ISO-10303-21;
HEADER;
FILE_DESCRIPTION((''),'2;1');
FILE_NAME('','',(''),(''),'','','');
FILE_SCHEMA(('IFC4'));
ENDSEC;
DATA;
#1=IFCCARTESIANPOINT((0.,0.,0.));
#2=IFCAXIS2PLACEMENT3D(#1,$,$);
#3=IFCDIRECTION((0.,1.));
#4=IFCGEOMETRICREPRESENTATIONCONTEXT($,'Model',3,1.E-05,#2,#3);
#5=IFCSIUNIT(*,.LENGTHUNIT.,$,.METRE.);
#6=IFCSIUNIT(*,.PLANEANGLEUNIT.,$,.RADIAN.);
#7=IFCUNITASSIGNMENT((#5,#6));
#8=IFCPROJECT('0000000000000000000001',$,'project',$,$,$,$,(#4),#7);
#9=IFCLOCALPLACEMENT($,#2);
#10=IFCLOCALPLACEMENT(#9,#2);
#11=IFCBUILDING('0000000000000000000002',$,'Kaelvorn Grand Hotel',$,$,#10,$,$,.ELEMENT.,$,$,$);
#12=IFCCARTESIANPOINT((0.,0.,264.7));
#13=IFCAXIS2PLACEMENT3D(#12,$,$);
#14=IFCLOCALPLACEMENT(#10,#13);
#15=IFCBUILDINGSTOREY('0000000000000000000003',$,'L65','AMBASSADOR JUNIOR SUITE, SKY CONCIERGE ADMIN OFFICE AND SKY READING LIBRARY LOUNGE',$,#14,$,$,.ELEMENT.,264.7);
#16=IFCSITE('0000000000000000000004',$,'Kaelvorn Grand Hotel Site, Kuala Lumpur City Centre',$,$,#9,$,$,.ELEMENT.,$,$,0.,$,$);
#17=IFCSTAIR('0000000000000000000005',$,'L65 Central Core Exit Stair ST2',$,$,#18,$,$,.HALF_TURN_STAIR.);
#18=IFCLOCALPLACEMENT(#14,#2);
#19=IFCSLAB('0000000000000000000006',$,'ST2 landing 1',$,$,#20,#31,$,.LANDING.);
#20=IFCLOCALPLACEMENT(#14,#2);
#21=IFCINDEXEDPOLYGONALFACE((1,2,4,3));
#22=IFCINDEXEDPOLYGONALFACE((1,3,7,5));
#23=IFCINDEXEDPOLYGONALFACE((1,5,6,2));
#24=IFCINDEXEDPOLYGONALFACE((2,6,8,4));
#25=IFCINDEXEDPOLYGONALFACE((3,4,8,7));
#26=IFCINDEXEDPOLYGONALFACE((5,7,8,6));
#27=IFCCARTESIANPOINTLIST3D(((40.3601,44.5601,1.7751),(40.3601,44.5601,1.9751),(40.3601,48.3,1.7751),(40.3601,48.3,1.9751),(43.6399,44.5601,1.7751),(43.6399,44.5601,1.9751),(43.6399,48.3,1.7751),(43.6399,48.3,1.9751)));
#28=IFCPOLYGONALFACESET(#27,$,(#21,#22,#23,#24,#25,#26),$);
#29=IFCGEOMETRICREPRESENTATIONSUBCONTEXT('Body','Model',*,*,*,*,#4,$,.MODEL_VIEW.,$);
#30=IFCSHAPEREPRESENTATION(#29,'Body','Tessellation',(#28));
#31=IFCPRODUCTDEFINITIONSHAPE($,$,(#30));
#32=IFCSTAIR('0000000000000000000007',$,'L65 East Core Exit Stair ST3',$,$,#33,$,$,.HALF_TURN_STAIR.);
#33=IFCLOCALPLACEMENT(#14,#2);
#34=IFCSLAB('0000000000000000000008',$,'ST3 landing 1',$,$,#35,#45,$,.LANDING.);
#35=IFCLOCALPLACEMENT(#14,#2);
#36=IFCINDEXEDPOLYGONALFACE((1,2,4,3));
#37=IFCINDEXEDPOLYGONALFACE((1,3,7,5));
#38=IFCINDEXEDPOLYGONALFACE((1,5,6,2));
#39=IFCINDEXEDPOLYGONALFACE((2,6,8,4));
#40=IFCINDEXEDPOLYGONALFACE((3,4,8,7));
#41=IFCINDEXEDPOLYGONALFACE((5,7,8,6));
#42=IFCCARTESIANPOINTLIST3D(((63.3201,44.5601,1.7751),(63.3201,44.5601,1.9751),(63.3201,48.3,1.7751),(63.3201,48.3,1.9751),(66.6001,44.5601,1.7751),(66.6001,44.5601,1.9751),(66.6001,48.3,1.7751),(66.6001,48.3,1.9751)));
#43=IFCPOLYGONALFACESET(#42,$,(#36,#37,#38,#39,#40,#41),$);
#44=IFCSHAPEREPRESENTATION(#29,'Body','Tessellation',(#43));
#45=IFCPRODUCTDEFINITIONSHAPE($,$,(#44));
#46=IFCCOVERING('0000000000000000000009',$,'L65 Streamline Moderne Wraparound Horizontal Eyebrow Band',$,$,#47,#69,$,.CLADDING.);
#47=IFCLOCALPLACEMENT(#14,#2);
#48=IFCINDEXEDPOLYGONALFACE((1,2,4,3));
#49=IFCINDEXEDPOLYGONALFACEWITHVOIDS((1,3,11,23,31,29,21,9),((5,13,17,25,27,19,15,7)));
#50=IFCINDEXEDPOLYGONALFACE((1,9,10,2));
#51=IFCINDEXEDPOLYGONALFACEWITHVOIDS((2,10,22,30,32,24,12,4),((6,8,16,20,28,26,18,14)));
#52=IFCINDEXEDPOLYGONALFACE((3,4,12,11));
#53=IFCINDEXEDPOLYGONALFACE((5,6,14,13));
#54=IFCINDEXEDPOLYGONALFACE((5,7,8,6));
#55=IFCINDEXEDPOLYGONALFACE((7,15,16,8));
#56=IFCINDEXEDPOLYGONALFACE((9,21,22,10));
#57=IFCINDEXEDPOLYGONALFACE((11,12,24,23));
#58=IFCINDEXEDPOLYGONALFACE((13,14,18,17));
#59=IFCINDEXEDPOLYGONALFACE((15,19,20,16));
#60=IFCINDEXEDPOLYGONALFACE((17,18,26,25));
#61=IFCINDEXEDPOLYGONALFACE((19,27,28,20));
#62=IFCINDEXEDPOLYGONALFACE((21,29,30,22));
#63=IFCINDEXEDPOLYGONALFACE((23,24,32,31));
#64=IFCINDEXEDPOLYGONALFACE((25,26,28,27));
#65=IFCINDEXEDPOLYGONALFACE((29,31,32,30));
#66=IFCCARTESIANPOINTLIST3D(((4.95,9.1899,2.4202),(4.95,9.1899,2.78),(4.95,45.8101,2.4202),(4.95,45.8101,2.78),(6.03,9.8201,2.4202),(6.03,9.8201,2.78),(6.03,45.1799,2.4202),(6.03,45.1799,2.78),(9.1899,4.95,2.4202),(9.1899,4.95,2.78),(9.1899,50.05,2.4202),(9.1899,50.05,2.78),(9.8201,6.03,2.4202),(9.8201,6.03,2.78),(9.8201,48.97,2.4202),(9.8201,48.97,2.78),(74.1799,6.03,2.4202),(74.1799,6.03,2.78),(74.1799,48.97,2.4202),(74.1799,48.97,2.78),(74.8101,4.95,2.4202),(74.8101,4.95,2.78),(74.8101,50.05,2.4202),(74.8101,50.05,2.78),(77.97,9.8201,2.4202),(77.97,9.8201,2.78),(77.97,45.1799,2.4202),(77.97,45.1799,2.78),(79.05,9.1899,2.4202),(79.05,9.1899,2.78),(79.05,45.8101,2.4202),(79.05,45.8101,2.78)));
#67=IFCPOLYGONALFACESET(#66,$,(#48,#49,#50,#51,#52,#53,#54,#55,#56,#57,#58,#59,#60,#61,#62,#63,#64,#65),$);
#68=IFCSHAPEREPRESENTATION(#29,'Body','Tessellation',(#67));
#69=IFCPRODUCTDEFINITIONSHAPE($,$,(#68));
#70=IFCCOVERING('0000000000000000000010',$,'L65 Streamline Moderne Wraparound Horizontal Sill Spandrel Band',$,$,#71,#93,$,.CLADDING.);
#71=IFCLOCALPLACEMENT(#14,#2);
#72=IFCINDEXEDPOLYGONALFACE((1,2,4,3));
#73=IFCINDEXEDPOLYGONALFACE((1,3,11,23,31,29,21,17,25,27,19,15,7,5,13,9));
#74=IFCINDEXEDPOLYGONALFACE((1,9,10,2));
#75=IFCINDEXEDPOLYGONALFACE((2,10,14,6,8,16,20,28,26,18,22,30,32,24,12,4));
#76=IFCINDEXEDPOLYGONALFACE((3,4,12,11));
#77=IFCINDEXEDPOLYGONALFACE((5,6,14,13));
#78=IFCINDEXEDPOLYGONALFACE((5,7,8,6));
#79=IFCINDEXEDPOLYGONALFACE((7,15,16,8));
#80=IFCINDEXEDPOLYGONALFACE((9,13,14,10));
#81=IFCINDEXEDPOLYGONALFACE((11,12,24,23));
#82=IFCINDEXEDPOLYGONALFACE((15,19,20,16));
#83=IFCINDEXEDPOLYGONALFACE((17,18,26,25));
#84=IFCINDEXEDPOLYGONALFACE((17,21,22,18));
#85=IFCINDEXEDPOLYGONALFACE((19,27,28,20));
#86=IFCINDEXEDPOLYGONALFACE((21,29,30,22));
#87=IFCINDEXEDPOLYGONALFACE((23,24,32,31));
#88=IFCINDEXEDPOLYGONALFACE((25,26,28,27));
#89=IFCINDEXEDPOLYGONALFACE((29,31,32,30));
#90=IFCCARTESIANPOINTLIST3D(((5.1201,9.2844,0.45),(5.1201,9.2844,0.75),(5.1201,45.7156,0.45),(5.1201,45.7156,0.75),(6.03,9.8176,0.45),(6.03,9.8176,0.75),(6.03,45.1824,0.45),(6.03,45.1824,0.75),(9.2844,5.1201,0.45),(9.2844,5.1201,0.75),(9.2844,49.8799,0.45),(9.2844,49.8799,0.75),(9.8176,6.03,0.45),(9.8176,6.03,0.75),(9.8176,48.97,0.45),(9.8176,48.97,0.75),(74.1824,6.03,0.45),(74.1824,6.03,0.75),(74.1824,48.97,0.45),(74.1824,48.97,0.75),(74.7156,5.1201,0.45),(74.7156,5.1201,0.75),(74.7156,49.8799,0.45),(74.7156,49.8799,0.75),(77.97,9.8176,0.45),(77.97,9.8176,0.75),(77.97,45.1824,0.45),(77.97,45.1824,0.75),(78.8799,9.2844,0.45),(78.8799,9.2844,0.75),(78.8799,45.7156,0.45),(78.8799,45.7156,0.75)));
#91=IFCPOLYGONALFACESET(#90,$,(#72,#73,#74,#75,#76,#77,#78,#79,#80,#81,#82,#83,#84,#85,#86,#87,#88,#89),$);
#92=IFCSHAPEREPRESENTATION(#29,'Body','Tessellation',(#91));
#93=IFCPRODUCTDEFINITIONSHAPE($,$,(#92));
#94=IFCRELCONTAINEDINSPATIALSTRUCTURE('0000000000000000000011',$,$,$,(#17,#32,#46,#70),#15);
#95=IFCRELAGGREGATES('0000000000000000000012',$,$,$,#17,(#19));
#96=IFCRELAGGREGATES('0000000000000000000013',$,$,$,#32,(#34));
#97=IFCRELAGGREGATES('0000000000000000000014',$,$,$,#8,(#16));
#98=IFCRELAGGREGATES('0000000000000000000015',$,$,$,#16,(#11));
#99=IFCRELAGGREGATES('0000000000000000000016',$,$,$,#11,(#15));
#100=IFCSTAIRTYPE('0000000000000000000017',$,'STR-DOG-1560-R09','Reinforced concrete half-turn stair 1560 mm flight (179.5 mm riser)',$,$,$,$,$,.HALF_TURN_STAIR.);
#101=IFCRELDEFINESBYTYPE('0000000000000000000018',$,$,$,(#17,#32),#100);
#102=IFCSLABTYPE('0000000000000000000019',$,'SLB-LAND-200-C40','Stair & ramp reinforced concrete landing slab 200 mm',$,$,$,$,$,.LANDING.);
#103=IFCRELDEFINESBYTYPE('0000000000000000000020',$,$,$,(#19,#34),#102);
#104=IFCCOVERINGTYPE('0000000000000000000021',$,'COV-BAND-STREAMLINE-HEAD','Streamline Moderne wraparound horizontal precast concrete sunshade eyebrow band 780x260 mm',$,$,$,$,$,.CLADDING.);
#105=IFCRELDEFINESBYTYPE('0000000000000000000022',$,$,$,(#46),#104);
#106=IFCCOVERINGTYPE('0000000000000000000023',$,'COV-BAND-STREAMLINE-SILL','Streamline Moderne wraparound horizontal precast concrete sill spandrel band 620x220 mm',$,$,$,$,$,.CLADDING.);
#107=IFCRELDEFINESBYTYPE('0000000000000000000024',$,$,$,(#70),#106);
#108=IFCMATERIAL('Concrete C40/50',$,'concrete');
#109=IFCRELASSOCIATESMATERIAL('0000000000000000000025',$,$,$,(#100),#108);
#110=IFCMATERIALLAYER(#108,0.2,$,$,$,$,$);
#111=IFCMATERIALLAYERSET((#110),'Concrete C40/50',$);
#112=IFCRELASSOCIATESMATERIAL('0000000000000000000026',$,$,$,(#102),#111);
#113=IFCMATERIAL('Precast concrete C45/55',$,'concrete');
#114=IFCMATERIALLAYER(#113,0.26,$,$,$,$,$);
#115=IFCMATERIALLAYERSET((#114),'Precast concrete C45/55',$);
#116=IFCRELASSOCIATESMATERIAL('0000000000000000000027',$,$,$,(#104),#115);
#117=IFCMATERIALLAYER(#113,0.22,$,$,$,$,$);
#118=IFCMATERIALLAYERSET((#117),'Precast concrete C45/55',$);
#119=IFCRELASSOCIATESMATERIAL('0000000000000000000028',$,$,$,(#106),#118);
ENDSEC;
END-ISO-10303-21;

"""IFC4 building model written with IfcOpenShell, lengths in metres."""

from ifc_helpers import new_model, si_unit, direction, frame, origin, place, context, subcontext, project, spatial, polyline, outline, extrude, material, layer, layer_set, type_object, element, aggregate, save


model = new_model("IFC4")

# Units and contexts
model_context = context("Model", 3, precision=1e-05, world=origin(), true_north=direction((0.0, 1.0)))
body_context = subcontext(model_context, "Body", "Model", "MODEL_VIEW")
ifc_project = project(units=[si_unit("LENGTHUNIT", "METRE"), si_unit("PLANEANGLEUNIT", "RADIAN")], contexts=[model_context])

# Site, building, storey
site_placement = place(None, origin())
site = spatial("IfcSite", under=ifc_project, at=site_placement, Name="Kaelvorn Grand Hotel Site, Kuala Lumpur City Centre", CompositionType="ELEMENT", RefElevation=0.0)
building_placement = place(site_placement, origin())
building = spatial("IfcBuilding", under=site, at=building_placement, Name="Kaelvorn Grand Hotel", CompositionType="ELEMENT")
storey_placement = place(building_placement, frame((0.0, 0.0, 264.7)))
storey = spatial("IfcBuildingStorey", under=building, at=storey_placement, Name="L65", Description="AMBASSADOR JUNIOR SUITE, SKY CONCIERGE ADMIN OFFICE AND SKY READING LIBRARY LOUNGE", CompositionType="ELEMENT", Elevation=264.7)

# Shared definitions
ifc_material_1 = material(Name="Precast concrete C45/55", Category="concrete")

# Shared definitions
ifc_material_2 = material(Name="Concrete C40/50", Category="concrete")

# Stairs, slabs
stair_type = type_object("IfcStairType", Name="STR-DOG-1560-R09", Description="Reinforced concrete half-turn stair 1560 mm flight (179.5 mm riser)", PredefinedType="HALF_TURN_STAIR", material=ifc_material_2)
ifc_layer_1 = layer(ifc_material_2, 0.2)
ifc_layer_set_1 = layer_set([ifc_layer_1], Name="Concrete C40/50")
slab_type_1 = type_object("IfcSlabType", Name="SLB-LAND-200-C40", Description="Stair & ramp reinforced concrete landing slab 200 mm", PredefinedType="LANDING", material=ifc_layer_set_1)
stair_1_placement = place(storey_placement, origin())
stair_1 = element("IfcStair", 1, at=stair_1_placement, inside=storey, type_object=stair_type, Name="L65 Central Core Exit Stair ST2", PredefinedType="HALF_TURN_STAIR")
slab_1_placement = place(storey_placement, frame((0.0, 0.0, 1.7751)))
slab_1 = element("IfcSlab", 2, at=slab_1_placement, type_object=slab_type_1, Name="ST2 landing 1", PredefinedType="LANDING", context=body_context, shape_type="SweptSolid", body=[
    extrude(outline(polyline([(43.6399, 44.5601), (43.6399, 48.3), (40.3601, 48.3), (40.3601, 44.5601), (43.6399, 44.5601)])), origin(), (0.0, 0.0, 1.0), 0.2),
])
aggregate(stair_1, [slab_1])
stair_2_placement = place(storey_placement, origin())
stair_2 = element("IfcStair", 3, at=stair_2_placement, inside=storey, type_object=stair_type, Name="L65 East Core Exit Stair ST3", PredefinedType="HALF_TURN_STAIR")
slab_2_placement = place(storey_placement, frame((0.0, 0.0, 1.7751)))
slab_2 = element("IfcSlab", 4, at=slab_2_placement, type_object=slab_type_1, Name="ST3 landing 1", PredefinedType="LANDING", context=body_context, shape_type="SweptSolid", body=[
    extrude(outline(polyline([(66.6001, 44.5601), (66.6001, 48.3), (63.3201, 48.3), (63.3201, 44.5601), (66.6001, 44.5601)])), origin(), (0.0, 0.0, 1.0), 0.2),
])
aggregate(stair_2, [slab_2])

# Coverings
ifc_layer_2 = layer(ifc_material_1, 0.26)
ifc_layer_set_2 = layer_set([ifc_layer_2], Name="Precast concrete C45/55")
covering_type_1 = type_object("IfcCoveringType", Name="COV-BAND-STREAMLINE-HEAD", Description="Streamline Moderne wraparound horizontal precast concrete sunshade eyebrow band 780x260 mm", PredefinedType="CLADDING", material=ifc_layer_set_2)
covering_1_placement = place(storey_placement, frame((0.0, 0.0, 2.4202)))
element("IfcCovering", 5, at=covering_1_placement, inside=storey, type_object=covering_type_1, Name="L65 Streamline Moderne Wraparound Horizontal Eyebrow Band", PredefinedType="CLADDING", context=body_context, shape_type="SweptSolid", body=[
    extrude(outline(polyline([(9.1899, 4.95), (74.8101, 4.95), (79.05, 9.1899), (79.05, 45.8101), (74.8101, 50.05), (9.1899, 50.05), (4.95, 45.8101), (4.95, 9.1899), (9.1899, 4.95)]), holes=[polyline([(9.8201, 6.03), (74.1799, 6.03), (77.97, 9.8201), (77.97, 45.1799), (74.1799, 48.97), (9.8201, 48.97), (6.03, 45.1799), (6.03, 9.8201), (9.8201, 6.03)])]), origin(), (0.0, 0.0, 1.0), 0.3599),
])
ifc_layer_3 = layer(ifc_material_1, 0.22)
ifc_layer_set_3 = layer_set([ifc_layer_3], Name="Precast concrete C45/55")
covering_type_2 = type_object("IfcCoveringType", Name="COV-BAND-STREAMLINE-SILL", Description="Streamline Moderne wraparound horizontal precast concrete sill spandrel band 620x220 mm", PredefinedType="CLADDING", material=ifc_layer_set_3)
covering_2_placement = place(storey_placement, frame((0.0, 0.0, 0.45)))
element("IfcCovering", 6, at=covering_2_placement, inside=storey, type_object=covering_type_2, Name="L65 Streamline Moderne Wraparound Horizontal Sill Spandrel Band", PredefinedType="CLADDING", context=body_context, shape_type="SweptSolid", body=[
    extrude(outline(polyline([(74.7156, 5.1201), (78.8799, 9.2844), (78.8799, 45.7156), (74.7156, 49.8799), (9.2844, 49.8799), (5.1201, 45.7156), (5.1201, 9.2844), (9.2844, 5.1201), (9.8176, 6.03), (6.03, 9.8176), (6.03, 45.1824), (9.8176, 48.97), (74.1824, 48.97), (77.97, 45.1824), (77.97, 9.8176), (74.1824, 6.03), (74.7156, 5.1201)])), origin(), (0.0, 0.0, 1.0), 0.3),
])

save(model, "model.ifc")
